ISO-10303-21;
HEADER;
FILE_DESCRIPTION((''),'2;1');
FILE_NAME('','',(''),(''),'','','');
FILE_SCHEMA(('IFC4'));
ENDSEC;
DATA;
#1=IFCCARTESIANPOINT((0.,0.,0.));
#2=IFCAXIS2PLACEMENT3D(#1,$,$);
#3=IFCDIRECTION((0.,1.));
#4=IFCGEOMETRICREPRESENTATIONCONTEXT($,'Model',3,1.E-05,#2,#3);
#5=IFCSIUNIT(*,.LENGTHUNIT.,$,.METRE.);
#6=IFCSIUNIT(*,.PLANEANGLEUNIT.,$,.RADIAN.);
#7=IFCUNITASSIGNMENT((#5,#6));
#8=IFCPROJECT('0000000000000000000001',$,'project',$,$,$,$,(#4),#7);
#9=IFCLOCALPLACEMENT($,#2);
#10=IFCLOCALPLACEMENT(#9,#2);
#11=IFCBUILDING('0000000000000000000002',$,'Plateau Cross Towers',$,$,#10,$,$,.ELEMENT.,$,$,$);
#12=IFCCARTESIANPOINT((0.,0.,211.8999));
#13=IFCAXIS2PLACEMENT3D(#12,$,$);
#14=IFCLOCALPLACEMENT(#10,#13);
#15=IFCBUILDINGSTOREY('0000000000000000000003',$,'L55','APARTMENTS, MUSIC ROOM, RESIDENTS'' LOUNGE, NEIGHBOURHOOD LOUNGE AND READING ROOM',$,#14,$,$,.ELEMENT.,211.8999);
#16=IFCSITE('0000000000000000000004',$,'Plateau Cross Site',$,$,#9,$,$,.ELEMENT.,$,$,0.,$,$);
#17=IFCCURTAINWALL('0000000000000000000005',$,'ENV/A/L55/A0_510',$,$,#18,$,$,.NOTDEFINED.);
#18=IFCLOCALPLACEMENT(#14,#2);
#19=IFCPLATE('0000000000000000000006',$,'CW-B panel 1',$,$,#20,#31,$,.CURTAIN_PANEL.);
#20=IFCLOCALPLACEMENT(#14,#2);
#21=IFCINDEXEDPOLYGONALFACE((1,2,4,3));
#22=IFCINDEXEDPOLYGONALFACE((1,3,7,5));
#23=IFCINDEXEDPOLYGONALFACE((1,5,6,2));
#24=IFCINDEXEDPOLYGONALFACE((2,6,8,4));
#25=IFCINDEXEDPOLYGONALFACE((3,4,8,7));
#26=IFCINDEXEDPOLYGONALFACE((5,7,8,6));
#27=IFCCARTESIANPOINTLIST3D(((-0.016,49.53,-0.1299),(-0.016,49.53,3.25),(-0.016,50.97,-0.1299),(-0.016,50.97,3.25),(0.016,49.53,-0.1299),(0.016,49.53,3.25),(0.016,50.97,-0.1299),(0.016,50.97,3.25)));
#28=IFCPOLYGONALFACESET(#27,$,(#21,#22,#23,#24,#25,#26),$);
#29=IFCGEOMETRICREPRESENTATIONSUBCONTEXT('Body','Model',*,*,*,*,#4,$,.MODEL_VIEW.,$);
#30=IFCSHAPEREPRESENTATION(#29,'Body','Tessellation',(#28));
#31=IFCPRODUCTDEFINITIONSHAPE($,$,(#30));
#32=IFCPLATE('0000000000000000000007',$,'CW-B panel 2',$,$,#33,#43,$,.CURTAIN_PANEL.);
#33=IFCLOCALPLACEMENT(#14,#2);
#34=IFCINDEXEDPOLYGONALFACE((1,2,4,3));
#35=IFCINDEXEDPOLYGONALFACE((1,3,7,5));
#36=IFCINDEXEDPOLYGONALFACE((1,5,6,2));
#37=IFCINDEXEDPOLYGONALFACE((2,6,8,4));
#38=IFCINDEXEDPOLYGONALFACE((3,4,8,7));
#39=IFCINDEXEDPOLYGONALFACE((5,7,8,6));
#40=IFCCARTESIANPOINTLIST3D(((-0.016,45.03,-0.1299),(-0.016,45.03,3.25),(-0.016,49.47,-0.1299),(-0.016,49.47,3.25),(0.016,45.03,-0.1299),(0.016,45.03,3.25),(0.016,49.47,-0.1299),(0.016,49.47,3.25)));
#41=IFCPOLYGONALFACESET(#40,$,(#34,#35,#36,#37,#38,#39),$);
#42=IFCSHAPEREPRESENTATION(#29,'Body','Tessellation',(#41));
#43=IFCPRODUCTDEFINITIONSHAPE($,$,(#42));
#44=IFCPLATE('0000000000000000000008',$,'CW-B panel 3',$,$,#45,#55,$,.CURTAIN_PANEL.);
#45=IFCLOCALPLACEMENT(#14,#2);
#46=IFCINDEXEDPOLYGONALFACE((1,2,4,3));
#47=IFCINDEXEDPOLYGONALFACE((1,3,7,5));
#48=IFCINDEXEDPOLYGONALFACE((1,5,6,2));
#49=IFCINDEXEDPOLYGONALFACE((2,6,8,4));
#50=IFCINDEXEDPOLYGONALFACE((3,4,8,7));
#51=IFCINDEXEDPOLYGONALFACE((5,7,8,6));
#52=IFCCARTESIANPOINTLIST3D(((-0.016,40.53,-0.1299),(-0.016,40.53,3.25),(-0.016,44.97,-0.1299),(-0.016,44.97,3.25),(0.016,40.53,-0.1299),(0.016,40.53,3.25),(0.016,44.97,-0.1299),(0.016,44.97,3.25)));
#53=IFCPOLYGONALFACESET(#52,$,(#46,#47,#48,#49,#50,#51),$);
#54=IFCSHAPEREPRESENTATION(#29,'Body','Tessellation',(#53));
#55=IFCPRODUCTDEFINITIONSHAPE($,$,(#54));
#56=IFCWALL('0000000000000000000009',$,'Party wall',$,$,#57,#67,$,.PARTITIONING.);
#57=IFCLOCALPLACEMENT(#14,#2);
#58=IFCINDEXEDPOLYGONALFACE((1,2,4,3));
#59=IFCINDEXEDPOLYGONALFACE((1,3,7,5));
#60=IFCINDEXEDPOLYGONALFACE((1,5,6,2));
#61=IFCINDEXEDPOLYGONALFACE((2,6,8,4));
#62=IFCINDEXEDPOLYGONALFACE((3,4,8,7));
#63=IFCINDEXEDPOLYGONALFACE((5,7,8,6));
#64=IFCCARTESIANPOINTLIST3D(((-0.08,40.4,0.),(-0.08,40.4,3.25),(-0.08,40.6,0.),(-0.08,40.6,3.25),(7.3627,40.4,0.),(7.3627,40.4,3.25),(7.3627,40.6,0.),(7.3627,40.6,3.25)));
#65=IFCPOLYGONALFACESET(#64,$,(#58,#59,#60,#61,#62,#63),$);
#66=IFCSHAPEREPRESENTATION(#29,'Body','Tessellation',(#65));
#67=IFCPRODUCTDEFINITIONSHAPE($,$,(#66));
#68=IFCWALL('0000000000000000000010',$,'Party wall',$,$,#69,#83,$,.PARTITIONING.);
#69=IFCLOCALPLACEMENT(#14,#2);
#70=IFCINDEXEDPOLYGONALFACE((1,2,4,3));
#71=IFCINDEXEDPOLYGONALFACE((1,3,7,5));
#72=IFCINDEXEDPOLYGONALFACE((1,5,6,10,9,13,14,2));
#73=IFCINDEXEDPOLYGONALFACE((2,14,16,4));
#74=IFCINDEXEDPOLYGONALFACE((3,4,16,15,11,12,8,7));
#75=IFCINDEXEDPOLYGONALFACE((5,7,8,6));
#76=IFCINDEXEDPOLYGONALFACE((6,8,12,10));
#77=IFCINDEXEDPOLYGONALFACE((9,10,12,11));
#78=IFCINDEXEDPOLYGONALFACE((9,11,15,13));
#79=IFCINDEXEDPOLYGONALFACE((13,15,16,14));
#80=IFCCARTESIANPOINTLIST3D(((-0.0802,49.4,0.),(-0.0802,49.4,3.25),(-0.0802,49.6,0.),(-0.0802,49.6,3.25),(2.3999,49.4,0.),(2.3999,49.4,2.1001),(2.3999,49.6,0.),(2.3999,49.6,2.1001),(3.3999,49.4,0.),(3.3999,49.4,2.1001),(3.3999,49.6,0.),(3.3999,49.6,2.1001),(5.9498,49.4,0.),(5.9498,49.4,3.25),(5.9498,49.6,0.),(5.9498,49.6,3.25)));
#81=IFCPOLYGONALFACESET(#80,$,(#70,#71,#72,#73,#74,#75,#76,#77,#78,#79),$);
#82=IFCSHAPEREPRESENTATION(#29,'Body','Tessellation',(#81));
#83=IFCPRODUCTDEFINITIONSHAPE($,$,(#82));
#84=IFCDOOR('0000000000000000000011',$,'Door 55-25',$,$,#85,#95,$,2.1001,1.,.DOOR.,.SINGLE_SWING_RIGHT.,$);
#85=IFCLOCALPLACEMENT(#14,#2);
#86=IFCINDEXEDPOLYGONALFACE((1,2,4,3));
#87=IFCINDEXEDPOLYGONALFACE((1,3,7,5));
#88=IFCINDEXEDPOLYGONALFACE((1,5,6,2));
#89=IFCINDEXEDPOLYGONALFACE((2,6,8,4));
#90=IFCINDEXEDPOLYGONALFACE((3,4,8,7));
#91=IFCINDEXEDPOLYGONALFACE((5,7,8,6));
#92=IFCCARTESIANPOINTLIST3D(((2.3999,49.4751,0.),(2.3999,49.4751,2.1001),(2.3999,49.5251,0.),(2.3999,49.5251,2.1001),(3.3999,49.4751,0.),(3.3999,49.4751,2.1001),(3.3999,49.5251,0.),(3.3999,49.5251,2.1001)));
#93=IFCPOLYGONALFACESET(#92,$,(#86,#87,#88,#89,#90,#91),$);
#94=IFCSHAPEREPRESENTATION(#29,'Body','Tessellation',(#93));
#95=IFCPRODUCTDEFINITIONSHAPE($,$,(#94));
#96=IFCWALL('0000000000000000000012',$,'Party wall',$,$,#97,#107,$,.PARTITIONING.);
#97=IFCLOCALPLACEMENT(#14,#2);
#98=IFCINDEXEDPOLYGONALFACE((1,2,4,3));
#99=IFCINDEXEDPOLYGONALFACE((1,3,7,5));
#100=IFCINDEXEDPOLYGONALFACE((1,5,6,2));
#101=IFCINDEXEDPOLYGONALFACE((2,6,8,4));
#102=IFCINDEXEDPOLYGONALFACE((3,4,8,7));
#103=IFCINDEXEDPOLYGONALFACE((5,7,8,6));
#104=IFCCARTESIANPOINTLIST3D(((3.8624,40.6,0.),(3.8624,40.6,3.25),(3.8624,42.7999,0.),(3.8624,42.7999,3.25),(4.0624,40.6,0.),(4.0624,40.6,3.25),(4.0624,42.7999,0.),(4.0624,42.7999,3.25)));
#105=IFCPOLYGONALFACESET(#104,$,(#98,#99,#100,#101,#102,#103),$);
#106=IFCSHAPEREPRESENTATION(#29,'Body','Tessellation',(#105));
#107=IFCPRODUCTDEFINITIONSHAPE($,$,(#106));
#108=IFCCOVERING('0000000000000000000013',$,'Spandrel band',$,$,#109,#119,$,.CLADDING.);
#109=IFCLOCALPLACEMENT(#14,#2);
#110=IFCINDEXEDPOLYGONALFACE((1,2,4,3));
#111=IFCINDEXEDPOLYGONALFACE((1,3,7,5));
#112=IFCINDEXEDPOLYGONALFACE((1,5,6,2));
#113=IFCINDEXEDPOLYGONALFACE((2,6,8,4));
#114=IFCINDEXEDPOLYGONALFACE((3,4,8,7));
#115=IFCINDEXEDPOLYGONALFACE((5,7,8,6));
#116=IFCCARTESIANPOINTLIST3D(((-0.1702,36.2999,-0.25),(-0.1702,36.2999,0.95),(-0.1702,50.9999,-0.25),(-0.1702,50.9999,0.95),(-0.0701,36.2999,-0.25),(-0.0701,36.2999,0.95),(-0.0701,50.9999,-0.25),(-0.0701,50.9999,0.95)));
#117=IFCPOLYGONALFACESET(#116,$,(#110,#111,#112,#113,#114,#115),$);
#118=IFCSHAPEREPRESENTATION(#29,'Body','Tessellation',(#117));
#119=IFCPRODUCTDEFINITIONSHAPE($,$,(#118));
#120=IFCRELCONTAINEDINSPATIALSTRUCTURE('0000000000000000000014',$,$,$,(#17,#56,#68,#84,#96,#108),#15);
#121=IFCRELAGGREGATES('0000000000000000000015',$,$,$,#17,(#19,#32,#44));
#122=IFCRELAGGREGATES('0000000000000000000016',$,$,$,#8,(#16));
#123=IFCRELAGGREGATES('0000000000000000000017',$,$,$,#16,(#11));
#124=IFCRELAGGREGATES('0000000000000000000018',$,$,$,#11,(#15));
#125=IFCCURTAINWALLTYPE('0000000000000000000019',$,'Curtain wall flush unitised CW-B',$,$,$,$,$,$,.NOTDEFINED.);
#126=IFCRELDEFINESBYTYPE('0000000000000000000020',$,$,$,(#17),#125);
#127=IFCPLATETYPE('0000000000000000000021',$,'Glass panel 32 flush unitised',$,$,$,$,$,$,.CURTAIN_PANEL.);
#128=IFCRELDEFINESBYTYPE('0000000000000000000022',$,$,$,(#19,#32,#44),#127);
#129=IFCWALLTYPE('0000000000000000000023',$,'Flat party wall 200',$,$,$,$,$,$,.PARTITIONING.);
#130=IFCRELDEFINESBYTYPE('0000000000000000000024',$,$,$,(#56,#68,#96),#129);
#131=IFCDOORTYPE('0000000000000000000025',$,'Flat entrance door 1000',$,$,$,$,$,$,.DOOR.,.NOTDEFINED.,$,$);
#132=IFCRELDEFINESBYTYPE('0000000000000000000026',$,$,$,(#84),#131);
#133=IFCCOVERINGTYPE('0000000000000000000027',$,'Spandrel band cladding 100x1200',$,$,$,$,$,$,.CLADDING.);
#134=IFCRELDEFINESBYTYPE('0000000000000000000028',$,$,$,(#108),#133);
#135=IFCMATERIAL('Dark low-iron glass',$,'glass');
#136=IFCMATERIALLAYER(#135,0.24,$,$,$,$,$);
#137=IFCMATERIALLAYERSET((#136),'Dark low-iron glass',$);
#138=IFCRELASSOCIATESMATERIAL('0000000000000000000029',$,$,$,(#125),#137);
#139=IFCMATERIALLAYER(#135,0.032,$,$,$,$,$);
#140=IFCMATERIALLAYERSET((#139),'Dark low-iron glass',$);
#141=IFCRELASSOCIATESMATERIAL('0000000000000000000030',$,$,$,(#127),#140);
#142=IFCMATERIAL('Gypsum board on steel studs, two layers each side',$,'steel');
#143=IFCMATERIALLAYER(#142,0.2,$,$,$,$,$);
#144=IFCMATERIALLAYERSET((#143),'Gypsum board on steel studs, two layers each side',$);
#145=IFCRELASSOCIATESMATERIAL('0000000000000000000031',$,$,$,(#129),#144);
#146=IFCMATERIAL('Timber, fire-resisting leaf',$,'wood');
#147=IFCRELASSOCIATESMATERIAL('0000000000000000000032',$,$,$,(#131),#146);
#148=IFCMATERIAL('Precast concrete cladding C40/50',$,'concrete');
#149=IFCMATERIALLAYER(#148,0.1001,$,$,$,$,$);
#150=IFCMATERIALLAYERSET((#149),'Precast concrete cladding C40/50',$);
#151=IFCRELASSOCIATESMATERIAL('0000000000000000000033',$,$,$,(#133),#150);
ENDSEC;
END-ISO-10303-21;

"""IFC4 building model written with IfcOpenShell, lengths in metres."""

from ifc_helpers import new_model, si_unit, direction, frame, frame_2d, origin, origin_2d, place, context, subcontext, project, spatial, rectangle, extrude, material, layer, layer_set, type_object, element, fill, aggregate, save


model = new_model("IFC4")

# Units and contexts
model_context = context("Model", 3, precision=1e-05, world=origin(), true_north=direction((0.0, 1.0)))
body_context = subcontext(model_context, "Body", "Model", "MODEL_VIEW")
ifc_project = project(units=[si_unit("LENGTHUNIT", "METRE"), si_unit("PLANEANGLEUNIT", "RADIAN")], contexts=[model_context])

# Site, building, storey
site_placement = place(None, origin())
site = spatial("IfcSite", under=ifc_project, at=site_placement, Name="Plateau Cross Site", CompositionType="ELEMENT", RefElevation=0.0)
building_placement = place(site_placement, origin())
building = spatial("IfcBuilding", under=site, at=building_placement, Name="Plateau Cross Towers", CompositionType="ELEMENT")
storey_placement = place(building_placement, frame((0.0, 0.0, 211.8999)))
storey = spatial("IfcBuildingStorey", under=building, at=storey_placement, Name="L55", Description="APARTMENTS, MUSIC ROOM, RESIDENTS' LOUNGE, NEIGHBOURHOOD LOUNGE AND READING ROOM", CompositionType="ELEMENT", Elevation=211.8999)

# Shared definitions
ifc_material_1 = material(Name="Dark low-iron glass", Category="glass")
ifc_layer_1 = layer(ifc_material_1, 0.24)
ifc_layer_set_1 = layer_set([ifc_layer_1], Name="Dark low-iron glass")
curtain_wall_type = type_object("IfcCurtainWallType", Name="Curtain wall flush unitised CW-B", PredefinedType="NOTDEFINED", material=ifc_layer_set_1)

# Curtain wall
curtain_wall_1_placement = place(storey_placement, origin())
curtain_wall_1 = element("IfcCurtainWall", 1, at=curtain_wall_1_placement, inside=storey, type_object=curtain_wall_type, Name="ENV/A/L55/A0_510", PredefinedType="NOTDEFINED")

# Shared definitions
ifc_layer_2 = layer(ifc_material_1, 0.032)
ifc_layer_set_2 = layer_set([ifc_layer_2], Name="Dark low-iron glass")
plate_type = type_object("IfcPlateType", Name="Glass panel 32 flush unitised", PredefinedType="CURTAIN_PANEL", material=ifc_layer_set_2)

# Plates
plate_1_placement = place(storey_placement, frame((0.0, 50.25, -0.1299), z_axis=(0.0, 0.0, 1.0), x_axis=(0.0, -1.0, 0.0)))
plate_1 = element("IfcPlate", 2, at=plate_1_placement, type_object=plate_type, Name="CW-B panel 1", PredefinedType="CURTAIN_PANEL", context=body_context, shape_type="SweptSolid", body=[
    extrude(rectangle(XDim=1.4399, YDim=0.032, at=origin_2d()), origin(), (0.0, 0.0, 1.0), 3.3799),
])
plate_2_placement = place(storey_placement, frame((0.0, 47.25, -0.1299), z_axis=(0.0, 0.0, 1.0), x_axis=(0.0, -1.0, 0.0)))
plate_2 = element("IfcPlate", 3, at=plate_2_placement, type_object=plate_type, Name="CW-B panel 2", PredefinedType="CURTAIN_PANEL", context=body_context, shape_type="SweptSolid", body=[
    extrude(rectangle(XDim=4.4399, YDim=0.032, at=origin_2d()), origin(), (0.0, 0.0, 1.0), 3.3799),
])
plate_3_placement = place(storey_placement, frame((0.0, 42.75, -0.1299), z_axis=(0.0, 0.0, 1.0), x_axis=(0.0, -1.0, 0.0)))
plate_3 = element("IfcPlate", 4, at=plate_3_placement, type_object=plate_type, Name="CW-B panel 3", PredefinedType="CURTAIN_PANEL", context=body_context, shape_type="SweptSolid", body=[
    extrude(rectangle(XDim=4.4399, YDim=0.032, at=origin_2d()), origin(), (0.0, 0.0, 1.0), 3.3799),
])
aggregate(curtain_wall_1, [plate_1, plate_2, plate_3])

# Wall
ifc_material_2 = material(Name="Gypsum board on steel studs, two layers each side", Category="steel")
ifc_layer_3 = layer(ifc_material_2, 0.2)
ifc_layer_set_3 = layer_set([ifc_layer_3], Name="Gypsum board on steel studs, two layers each side")
wall_type = type_object("IfcWallType", Name="Flat party wall 200", PredefinedType="PARTITIONING", material=ifc_layer_set_3)
wall_1_placement = place(storey_placement, frame((7.3625, 40.5, 0.0), z_axis=(0.0, 0.0, 1.0), x_axis=(-1.0, 0.0, 0.0)))
element("IfcWall", 5, at=wall_1_placement, inside=storey, type_object=wall_type, Name="Party wall", PredefinedType="PARTITIONING", context=body_context, shape_type="SweptSolid", body=[
    extrude(rectangle(XDim=7.4426, YDim=0.2, at=frame_2d((3.7212, 0.0))), origin(), (0.0, 0.0, 1.0), 3.25),
])

# Wall, opening, door
wall_2_placement = place(storey_placement, frame((5.95, 49.5, 0.0), z_axis=(0.0, 0.0, 1.0), x_axis=(-1.0, 0.0, 0.0)))
wall_2 = element("IfcWall", 6, at=wall_2_placement, inside=storey, type_object=wall_type, Name="Party wall", PredefinedType="PARTITIONING", context=body_context, shape_type="SweptSolid", body=[
    extrude(rectangle(XDim=6.03, YDim=0.2, at=frame_2d((3.0151, 0.0))), origin(), (0.0, 0.0, 1.0), 3.25),
])
opening_placement = place(wall_2_placement, frame((2.55, 0.0, 0.0)))
opening = element("IfcOpeningElement", 7, at=opening_placement, cuts=wall_2, PredefinedType="OPENING", context=body_context, shape_type="SweptSolid", body=[
    extrude(rectangle(XDim=1.0, YDim=2.1001, at=frame_2d((0.5, 1.05))), frame((0.0, 0.1099, 0.0), z_axis=(0.0, -1.0, 0.0), x_axis=(1.0, 0.0, 0.0)), (0.0, 0.0, 1.0), 0.22),
])
ifc_material_3 = material(Name="Timber, fire-resisting leaf", Category="wood")
door_type = type_object("IfcDoorType", Name="Flat entrance door 1000", OperationType="NOTDEFINED", PredefinedType="DOOR", material=ifc_material_3)
door_placement = place(opening_placement, origin())
door = element("IfcDoor", 8, at=door_placement, inside=storey, type_object=door_type, Name="Door 55-25", OperationType="SINGLE_SWING_RIGHT", OverallHeight=2.1001, OverallWidth=1.0, PredefinedType="DOOR", context=body_context, shape_type="SweptSolid", body=[
    extrude(rectangle(XDim=1.0, YDim=2.1001, at=frame_2d((0.5, 1.05))), frame((0.0, 0.0249, 0.0), z_axis=(0.0, -1.0, 0.0), x_axis=(1.0, 0.0, 0.0)), (0.0, 0.0, 1.0), 0.05),
])
fill(opening, door)

# Wall
wall_3_placement = place(storey_placement, frame((3.9624, 42.8, 0.0), z_axis=(0.0, 0.0, 1.0), x_axis=(0.0, -1.0, 0.0)))
element("IfcWall", 9, at=wall_3_placement, inside=storey, type_object=wall_type, Name="Party wall", PredefinedType="PARTITIONING", context=body_context, shape_type="SweptSolid", body=[
    extrude(rectangle(XDim=2.2, YDim=0.2, at=frame_2d((1.1001, 0.0))), origin(), (0.0, 0.0, 1.0), 3.25),
])

# Covering
ifc_material_4 = material(Name="Precast concrete cladding C40/50", Category="concrete")
ifc_layer_4 = layer(ifc_material_4, 0.1001)
ifc_layer_set_4 = layer_set([ifc_layer_4], Name="Precast concrete cladding C40/50")
covering_type = type_object("IfcCoveringType", Name="Spandrel band cladding 100x1200", PredefinedType="CLADDING", material=ifc_layer_set_4)
covering_placement = place(storey_placement, frame((-0.1201, 43.6499, -0.25), z_axis=(0.0, 0.0, 1.0), x_axis=(0.0, -1.0, 0.0)))
element("IfcCovering", 10, at=covering_placement, inside=storey, type_object=covering_type, Name="Spandrel band", PredefinedType="CLADDING", context=body_context, shape_type="SweptSolid", body=[
    extrude(rectangle(XDim=14.7, YDim=0.1001, at=origin_2d()), origin(), (0.0, 0.0, 1.0), 1.2),
])

save(model, "model.ifc")
